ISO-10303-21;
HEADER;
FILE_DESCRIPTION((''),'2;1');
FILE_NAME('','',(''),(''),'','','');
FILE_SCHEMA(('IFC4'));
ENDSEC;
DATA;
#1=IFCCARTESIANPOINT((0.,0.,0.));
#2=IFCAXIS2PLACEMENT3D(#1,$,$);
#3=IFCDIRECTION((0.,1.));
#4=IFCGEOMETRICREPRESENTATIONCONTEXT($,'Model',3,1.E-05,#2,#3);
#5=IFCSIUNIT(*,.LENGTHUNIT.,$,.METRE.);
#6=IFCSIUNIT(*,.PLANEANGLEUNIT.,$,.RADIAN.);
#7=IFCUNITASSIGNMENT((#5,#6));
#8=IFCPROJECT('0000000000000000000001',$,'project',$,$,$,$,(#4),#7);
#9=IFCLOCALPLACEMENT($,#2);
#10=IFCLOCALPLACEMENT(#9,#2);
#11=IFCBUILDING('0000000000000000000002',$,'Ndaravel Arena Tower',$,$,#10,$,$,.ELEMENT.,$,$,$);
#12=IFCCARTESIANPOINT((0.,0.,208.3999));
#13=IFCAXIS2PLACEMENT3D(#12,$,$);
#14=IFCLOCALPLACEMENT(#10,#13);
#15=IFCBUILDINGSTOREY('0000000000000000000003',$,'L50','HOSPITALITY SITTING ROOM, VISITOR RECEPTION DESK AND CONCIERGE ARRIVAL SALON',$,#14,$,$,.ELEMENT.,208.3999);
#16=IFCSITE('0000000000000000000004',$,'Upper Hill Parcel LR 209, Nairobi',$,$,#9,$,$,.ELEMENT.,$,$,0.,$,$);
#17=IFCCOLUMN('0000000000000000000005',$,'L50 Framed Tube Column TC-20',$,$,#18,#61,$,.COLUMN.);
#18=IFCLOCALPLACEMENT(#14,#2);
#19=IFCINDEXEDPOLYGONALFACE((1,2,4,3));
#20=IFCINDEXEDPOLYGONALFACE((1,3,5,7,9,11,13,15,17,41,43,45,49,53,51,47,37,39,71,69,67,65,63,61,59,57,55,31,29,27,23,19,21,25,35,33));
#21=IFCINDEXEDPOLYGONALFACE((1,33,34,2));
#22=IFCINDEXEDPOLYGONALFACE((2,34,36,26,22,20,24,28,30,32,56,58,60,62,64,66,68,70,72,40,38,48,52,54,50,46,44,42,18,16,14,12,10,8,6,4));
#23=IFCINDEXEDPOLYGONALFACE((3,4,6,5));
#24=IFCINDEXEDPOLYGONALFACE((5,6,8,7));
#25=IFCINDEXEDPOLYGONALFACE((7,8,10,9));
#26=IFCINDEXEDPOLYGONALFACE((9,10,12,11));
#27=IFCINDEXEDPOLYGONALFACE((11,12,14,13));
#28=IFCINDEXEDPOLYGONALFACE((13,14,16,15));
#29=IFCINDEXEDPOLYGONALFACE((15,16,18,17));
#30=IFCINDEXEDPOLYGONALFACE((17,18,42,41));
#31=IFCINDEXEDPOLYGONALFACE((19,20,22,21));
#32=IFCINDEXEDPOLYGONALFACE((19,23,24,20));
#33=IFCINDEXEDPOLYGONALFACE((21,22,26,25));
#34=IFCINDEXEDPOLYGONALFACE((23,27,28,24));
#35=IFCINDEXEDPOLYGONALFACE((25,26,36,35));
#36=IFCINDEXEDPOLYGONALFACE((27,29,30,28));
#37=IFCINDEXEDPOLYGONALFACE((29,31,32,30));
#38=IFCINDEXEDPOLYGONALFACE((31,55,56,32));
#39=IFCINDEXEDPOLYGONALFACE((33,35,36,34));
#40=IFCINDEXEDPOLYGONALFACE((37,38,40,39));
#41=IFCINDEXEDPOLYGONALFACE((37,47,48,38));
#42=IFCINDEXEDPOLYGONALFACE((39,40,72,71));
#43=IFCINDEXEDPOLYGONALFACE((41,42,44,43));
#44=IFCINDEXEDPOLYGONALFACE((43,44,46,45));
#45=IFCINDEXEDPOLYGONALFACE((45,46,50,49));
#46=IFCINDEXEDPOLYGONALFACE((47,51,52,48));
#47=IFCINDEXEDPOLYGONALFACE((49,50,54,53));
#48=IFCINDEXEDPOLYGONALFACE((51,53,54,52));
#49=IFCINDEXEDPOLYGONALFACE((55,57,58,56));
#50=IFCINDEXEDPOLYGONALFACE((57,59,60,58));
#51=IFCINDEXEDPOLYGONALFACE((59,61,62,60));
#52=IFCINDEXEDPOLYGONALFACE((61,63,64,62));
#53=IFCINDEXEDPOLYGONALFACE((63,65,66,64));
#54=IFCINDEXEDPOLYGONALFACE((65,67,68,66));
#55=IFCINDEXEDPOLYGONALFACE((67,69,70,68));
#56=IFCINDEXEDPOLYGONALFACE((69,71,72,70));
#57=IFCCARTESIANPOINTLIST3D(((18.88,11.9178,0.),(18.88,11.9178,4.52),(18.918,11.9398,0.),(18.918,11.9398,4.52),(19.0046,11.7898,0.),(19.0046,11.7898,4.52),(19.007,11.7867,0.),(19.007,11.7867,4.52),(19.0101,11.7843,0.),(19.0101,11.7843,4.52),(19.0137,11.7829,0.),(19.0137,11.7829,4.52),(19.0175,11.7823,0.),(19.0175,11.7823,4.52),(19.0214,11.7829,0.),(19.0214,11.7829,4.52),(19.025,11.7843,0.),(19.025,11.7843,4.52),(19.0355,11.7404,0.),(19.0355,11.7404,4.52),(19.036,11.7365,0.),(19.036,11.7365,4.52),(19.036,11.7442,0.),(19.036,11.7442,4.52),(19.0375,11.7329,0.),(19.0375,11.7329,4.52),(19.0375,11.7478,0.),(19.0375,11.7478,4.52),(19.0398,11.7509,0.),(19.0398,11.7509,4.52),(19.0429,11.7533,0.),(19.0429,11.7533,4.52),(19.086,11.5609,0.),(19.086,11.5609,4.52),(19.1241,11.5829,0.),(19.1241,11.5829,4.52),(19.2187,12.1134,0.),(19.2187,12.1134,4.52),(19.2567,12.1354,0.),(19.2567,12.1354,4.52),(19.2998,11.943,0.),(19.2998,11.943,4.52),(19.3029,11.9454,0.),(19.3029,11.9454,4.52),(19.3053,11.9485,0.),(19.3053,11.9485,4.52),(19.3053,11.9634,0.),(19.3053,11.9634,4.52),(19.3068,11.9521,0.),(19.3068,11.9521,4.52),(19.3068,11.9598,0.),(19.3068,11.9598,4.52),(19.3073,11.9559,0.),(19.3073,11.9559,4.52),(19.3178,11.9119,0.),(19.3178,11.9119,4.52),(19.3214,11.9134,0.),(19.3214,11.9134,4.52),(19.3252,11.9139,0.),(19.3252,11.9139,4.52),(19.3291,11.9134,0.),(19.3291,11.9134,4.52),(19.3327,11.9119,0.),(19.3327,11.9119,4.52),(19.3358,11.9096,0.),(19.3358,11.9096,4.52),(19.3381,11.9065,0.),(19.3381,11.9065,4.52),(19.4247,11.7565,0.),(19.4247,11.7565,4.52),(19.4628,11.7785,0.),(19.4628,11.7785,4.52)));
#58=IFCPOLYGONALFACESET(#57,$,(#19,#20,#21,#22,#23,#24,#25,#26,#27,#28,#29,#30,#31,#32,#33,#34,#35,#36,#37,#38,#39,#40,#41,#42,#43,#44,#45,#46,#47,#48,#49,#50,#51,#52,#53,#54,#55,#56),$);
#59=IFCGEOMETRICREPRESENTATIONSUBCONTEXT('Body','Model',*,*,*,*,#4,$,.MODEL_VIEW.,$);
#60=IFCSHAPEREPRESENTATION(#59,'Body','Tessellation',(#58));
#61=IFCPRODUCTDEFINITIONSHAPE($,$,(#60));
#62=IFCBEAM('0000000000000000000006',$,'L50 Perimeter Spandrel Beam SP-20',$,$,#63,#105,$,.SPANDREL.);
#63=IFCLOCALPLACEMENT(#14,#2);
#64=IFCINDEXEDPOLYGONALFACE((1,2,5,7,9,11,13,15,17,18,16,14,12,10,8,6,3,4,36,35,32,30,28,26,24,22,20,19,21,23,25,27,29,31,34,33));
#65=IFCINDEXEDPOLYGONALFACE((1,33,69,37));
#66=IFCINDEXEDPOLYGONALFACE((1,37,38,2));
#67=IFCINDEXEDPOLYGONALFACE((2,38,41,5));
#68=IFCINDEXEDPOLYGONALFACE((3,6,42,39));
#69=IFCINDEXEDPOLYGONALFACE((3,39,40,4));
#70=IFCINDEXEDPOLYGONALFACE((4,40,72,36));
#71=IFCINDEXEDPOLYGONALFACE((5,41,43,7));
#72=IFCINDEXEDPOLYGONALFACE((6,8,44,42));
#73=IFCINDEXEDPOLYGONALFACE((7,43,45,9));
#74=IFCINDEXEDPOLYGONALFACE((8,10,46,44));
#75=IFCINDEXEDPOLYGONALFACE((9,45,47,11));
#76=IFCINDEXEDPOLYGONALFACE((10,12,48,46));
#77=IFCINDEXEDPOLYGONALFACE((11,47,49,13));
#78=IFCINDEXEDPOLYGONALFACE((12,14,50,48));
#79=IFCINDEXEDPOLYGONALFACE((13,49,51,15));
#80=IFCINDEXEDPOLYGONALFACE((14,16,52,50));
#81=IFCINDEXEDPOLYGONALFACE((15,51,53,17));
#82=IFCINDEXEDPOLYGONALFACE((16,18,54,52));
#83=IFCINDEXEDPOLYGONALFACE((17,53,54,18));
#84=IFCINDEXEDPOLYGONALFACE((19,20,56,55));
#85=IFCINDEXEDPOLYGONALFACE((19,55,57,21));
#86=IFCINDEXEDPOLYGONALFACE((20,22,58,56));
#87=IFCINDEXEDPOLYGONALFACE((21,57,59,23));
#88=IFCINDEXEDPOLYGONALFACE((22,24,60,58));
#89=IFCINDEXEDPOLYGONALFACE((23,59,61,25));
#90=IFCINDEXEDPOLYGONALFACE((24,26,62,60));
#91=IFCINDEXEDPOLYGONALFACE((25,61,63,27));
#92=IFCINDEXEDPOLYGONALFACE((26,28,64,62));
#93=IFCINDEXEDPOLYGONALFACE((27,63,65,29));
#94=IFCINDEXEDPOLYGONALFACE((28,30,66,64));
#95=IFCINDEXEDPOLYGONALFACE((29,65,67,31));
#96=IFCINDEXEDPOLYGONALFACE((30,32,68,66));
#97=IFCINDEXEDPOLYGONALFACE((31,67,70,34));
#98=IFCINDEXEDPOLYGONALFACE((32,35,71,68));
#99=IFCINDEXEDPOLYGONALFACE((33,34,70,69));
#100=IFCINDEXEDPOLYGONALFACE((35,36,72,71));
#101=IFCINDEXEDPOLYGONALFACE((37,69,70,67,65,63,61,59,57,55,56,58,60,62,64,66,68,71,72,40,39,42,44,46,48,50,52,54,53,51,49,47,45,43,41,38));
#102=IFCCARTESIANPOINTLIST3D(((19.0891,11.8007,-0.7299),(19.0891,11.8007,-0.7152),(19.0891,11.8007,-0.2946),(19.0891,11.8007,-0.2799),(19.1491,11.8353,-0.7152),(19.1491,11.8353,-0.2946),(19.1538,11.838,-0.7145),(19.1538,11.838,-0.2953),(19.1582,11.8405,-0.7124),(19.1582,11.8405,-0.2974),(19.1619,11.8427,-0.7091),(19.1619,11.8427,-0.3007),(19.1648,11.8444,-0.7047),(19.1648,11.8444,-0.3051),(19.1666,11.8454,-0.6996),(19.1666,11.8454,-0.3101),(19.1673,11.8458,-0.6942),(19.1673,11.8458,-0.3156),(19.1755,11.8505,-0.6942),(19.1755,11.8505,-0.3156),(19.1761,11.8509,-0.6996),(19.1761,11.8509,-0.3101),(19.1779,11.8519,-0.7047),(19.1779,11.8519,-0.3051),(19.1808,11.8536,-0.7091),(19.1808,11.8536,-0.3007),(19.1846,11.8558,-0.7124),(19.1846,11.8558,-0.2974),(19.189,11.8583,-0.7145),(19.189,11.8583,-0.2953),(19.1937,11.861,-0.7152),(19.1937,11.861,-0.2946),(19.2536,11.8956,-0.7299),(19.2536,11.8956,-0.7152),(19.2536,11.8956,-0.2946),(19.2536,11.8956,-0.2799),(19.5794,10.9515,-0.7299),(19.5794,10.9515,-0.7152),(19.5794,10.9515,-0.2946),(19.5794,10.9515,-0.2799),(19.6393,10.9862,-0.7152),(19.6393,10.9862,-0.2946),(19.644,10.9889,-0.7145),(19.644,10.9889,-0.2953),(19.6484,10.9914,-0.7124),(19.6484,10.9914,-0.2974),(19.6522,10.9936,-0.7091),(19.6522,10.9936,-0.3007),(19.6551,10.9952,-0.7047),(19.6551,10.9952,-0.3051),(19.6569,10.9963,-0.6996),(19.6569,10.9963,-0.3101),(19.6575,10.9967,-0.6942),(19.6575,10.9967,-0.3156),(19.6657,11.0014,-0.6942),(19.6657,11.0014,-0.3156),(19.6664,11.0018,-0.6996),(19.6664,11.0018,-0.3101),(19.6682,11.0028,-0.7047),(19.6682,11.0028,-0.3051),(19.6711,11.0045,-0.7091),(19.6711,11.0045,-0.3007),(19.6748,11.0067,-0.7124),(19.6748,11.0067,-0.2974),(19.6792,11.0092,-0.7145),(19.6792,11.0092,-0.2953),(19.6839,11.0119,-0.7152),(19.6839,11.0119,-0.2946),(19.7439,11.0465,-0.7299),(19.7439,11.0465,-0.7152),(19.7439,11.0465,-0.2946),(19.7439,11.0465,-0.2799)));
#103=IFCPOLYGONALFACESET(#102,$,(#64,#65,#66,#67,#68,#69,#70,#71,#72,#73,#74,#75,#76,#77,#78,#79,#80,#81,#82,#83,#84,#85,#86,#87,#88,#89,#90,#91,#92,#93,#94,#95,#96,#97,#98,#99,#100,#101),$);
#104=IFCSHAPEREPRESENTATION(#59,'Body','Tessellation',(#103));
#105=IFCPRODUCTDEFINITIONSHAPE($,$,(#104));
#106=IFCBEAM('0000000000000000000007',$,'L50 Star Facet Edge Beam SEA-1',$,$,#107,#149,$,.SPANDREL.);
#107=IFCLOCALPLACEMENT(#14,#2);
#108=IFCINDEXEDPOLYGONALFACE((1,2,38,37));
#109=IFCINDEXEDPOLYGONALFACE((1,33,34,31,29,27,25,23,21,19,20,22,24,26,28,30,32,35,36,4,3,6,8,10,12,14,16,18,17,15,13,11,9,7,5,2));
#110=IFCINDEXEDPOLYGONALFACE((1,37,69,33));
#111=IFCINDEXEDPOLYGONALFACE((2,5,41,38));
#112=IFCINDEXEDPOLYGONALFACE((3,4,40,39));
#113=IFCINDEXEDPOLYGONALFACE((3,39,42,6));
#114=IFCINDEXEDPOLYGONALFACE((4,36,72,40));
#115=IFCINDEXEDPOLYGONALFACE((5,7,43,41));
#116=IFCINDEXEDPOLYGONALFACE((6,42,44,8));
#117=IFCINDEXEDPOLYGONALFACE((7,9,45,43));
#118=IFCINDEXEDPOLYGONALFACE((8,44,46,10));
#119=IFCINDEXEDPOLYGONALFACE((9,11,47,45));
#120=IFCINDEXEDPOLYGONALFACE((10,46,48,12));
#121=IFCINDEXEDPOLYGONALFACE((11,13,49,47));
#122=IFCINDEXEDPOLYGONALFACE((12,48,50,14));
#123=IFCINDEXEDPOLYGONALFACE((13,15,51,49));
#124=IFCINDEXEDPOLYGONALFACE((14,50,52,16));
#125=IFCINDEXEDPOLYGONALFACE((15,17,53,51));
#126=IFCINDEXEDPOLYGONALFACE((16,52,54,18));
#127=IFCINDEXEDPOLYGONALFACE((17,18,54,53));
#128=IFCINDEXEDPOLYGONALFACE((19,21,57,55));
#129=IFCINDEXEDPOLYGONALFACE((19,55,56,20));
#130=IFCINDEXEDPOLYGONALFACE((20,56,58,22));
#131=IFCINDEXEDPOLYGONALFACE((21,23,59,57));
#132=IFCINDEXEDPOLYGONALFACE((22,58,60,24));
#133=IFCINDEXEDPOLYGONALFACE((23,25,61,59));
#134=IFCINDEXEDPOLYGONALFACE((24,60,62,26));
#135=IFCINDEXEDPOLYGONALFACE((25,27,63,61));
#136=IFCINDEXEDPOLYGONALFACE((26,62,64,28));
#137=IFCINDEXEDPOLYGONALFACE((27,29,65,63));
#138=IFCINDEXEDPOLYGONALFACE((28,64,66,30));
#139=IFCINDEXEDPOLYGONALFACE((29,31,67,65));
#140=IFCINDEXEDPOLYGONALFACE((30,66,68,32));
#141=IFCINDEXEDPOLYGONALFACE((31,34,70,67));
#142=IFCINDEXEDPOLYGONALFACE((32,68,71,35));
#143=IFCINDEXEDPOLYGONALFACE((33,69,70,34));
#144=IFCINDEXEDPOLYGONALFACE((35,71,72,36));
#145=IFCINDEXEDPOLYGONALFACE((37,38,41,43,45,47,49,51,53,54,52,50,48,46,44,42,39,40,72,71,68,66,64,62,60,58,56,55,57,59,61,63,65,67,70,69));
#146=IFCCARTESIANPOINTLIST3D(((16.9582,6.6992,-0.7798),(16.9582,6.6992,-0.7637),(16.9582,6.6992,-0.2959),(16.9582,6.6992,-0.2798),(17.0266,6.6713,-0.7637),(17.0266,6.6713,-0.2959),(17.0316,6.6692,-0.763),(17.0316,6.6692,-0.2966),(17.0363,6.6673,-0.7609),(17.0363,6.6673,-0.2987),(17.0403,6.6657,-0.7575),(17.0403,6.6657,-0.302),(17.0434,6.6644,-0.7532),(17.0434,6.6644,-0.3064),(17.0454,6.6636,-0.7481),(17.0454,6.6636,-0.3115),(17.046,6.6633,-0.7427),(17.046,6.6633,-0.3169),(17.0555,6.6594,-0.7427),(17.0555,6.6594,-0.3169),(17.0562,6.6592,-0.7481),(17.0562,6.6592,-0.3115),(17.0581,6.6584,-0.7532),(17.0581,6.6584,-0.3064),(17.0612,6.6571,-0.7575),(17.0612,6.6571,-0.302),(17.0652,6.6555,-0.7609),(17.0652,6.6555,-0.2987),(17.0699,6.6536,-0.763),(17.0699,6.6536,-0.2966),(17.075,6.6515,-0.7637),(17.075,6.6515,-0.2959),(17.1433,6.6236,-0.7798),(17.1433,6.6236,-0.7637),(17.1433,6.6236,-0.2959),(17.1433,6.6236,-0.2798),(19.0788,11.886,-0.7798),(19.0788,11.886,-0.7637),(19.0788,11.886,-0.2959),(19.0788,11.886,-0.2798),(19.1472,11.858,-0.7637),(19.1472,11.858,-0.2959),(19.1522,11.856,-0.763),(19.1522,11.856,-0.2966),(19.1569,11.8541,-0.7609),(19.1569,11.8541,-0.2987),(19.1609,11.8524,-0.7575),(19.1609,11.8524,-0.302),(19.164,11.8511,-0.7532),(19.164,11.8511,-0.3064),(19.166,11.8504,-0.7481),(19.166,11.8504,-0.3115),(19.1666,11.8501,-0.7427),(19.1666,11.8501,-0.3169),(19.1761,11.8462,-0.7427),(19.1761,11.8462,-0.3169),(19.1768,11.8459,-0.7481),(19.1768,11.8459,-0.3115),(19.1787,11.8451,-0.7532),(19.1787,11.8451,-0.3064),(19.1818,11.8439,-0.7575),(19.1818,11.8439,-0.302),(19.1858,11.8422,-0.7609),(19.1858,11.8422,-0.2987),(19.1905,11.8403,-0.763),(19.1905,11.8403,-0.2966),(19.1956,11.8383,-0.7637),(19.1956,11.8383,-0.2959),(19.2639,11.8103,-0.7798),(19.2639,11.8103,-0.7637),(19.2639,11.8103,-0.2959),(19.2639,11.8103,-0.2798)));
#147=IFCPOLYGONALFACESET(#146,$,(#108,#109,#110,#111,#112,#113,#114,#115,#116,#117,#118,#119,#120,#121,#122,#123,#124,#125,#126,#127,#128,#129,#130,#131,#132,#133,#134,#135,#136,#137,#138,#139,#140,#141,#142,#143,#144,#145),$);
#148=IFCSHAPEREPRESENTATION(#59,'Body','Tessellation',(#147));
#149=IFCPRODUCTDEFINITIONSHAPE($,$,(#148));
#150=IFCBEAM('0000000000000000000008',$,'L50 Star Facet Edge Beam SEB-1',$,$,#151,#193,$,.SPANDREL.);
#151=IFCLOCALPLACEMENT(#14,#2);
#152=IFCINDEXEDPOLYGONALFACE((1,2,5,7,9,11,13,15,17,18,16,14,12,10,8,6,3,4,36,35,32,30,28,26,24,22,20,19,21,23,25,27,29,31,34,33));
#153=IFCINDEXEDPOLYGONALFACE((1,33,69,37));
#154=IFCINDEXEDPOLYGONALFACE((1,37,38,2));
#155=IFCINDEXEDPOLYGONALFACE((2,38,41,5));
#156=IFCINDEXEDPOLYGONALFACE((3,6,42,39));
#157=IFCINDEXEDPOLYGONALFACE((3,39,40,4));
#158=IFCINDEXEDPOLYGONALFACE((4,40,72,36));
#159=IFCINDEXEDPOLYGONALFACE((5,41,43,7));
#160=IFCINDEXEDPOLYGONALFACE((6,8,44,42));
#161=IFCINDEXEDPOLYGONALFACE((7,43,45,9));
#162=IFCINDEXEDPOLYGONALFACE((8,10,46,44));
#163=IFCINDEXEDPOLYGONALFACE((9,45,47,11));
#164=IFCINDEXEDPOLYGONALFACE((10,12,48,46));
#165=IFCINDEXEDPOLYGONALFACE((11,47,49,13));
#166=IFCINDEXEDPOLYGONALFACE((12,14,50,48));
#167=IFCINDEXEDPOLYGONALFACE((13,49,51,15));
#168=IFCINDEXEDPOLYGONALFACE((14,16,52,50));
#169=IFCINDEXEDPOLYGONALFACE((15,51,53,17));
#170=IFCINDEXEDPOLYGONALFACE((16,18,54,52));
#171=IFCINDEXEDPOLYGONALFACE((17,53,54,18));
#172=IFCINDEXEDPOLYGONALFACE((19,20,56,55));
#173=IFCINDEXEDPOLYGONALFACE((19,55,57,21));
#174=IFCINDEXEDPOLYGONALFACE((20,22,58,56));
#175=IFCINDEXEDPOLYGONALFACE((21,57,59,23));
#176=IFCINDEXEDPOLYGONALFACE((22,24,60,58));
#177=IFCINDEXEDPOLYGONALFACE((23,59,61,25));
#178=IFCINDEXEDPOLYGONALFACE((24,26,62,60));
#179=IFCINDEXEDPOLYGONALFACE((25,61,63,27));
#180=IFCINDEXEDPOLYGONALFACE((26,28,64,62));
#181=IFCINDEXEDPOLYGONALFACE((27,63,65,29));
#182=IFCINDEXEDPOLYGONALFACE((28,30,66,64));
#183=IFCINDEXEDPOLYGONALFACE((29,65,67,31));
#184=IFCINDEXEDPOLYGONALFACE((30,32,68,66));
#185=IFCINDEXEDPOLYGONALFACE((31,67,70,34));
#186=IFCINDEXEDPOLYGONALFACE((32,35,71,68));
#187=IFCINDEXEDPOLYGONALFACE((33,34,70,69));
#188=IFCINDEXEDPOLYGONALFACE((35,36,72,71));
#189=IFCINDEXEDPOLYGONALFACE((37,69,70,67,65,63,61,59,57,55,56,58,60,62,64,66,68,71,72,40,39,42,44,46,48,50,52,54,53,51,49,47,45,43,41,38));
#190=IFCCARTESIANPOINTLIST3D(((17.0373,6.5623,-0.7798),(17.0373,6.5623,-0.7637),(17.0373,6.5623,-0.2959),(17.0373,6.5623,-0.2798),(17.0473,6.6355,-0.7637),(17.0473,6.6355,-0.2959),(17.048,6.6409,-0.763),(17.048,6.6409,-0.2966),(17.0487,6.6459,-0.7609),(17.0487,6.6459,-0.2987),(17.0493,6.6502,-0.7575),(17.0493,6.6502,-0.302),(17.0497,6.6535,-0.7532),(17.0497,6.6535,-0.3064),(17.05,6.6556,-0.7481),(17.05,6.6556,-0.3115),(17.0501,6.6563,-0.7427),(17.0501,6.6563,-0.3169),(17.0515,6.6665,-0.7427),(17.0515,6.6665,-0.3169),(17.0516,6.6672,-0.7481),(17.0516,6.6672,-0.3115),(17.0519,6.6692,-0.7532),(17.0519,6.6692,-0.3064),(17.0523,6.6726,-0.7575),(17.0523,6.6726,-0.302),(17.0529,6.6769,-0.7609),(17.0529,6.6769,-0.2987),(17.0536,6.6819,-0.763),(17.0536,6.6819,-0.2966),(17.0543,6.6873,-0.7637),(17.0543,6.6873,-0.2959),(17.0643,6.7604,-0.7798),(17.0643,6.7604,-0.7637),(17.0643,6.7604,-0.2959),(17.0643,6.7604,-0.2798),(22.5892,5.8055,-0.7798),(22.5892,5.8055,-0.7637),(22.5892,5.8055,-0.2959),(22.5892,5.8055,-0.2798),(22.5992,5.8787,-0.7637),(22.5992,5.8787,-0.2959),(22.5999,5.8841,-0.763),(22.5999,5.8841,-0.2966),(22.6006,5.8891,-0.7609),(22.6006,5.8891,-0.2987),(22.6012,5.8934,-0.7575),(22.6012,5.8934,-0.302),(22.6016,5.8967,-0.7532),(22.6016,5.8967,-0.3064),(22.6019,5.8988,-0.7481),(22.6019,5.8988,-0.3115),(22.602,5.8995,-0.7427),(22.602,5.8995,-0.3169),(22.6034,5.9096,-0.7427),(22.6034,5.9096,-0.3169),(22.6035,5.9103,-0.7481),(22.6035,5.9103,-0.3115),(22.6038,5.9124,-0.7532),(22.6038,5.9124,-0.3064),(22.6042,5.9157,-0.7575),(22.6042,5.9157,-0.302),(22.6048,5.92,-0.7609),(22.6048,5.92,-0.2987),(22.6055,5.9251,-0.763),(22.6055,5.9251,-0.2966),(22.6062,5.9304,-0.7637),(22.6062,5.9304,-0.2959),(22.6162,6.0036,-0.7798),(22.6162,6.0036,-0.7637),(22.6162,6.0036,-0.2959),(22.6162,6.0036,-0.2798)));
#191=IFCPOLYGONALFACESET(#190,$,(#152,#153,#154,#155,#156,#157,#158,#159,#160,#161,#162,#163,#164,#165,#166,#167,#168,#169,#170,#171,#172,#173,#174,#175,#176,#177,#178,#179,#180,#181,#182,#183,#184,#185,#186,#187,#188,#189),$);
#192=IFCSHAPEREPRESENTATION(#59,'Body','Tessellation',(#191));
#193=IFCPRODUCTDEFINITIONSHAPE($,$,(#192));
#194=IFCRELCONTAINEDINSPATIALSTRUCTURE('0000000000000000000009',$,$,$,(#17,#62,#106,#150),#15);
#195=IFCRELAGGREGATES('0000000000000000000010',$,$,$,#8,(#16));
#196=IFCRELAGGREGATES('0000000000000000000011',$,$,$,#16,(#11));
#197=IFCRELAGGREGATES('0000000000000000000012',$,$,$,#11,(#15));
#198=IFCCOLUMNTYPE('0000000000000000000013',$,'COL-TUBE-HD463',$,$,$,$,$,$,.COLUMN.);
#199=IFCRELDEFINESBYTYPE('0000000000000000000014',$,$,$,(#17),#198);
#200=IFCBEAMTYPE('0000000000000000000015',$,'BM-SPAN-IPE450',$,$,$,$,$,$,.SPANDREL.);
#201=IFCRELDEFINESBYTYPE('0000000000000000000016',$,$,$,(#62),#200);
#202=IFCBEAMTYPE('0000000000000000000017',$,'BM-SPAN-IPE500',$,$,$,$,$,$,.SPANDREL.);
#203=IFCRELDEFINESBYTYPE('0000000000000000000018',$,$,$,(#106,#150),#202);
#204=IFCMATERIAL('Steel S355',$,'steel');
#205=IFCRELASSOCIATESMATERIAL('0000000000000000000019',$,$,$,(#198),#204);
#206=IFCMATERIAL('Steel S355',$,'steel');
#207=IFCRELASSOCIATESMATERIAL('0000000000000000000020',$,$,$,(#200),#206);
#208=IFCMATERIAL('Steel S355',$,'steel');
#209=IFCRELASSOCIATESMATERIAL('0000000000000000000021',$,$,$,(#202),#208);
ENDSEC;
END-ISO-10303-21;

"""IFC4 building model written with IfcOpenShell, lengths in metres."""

from ifc_helpers import new_model, si_unit, direction, frame, origin, origin_2d, place, context, subcontext, project, spatial, i_section, extrude, material, material_profile, profile_set, type_object, element, save


model = new_model("IFC4")

# Units and contexts
model_context = context("Model", 3, precision=1e-05, world=origin(), true_north=direction((0.0, 1.0)))
body_context = subcontext(model_context, "Body", "Model", "MODEL_VIEW")
ifc_project = project(units=[si_unit("LENGTHUNIT", "METRE"), si_unit("PLANEANGLEUNIT", "RADIAN")], contexts=[model_context])

# Site, building, storey
site_placement = place(None, origin())
site = spatial("IfcSite", under=ifc_project, at=site_placement, Name="Upper Hill Parcel LR 209, Nairobi", CompositionType="ELEMENT", RefElevation=0.0)
building_placement = place(site_placement, origin())
building = spatial("IfcBuilding", under=site, at=building_placement, Name="Ndaravel Arena Tower", CompositionType="ELEMENT")
storey_placement = place(building_placement, frame((0.0, 0.0, 208.3999)))
storey = spatial("IfcBuildingStorey", under=building, at=storey_placement, Name="L50", Description="HOSPITALITY SITTING ROOM, VISITOR RECEPTION DESK AND CONCIERGE ARRIVAL SALON", CompositionType="ELEMENT", Elevation=208.3999)

# Column
ifc_material_1 = material(Name="Steel S355", Category="steel")
ifc_material_profile_1 = material_profile(ifc_material_1, i_section(OverallWidth=0.4121, OverallDepth=0.4351, WebThickness=0.0359, FlangeThickness=0.0439, FilletRadius=0.0149, at=origin_2d()), Name="HD 400x463")
ifc_profile_set_1 = profile_set([ifc_material_profile_1], Name="Steel S355")
column_type = type_object("IfcColumnType", Name="COL-TUBE-HD463", PredefinedType="COLUMN", material=ifc_profile_set_1)
column_placement = place(storey_placement, frame((19.1714, 11.8481, 0.0), z_axis=(0.0, 0.0, 1.0), x_axis=(-0.5, 0.866025, 0.0)))
element("IfcColumn", 1, at=column_placement, inside=storey, type_object=column_type, Name="L50 Framed Tube Column TC-20", PredefinedType="COLUMN", context=body_context, shape_type="SweptSolid", body=[
    extrude(i_section(OverallWidth=0.4121, OverallDepth=0.4351, WebThickness=0.0359, FlangeThickness=0.0439, FilletRadius=0.0149, at=origin_2d()), origin(), (0.0, 0.0, 1.0), 4.52),
])

# Beams
ifc_material_2 = material(Name="Steel S355", Category="steel")
ifc_material_profile_2 = material_profile(ifc_material_2, i_section(OverallWidth=0.1899, OverallDepth=0.45, WebThickness=0.0095, FlangeThickness=0.0146, FilletRadius=0.021, at=origin_2d()), Name="IPE 450")
ifc_profile_set_2 = profile_set([ifc_material_profile_2], Name="Steel S355")
beam_type_1 = type_object("IfcBeamType", Name="BM-SPAN-IPE450", PredefinedType="SPANDREL", material=ifc_profile_set_2)
beam_1_placement = place(storey_placement, frame((19.1714, 11.8481, -0.5049), z_axis=(0.499995, -0.866028, 0.0), x_axis=(0.866028, 0.499995, 0.0)))
element("IfcBeam", 2, at=beam_1_placement, inside=storey, type_object=beam_type_1, Name="L50 Perimeter Spandrel Beam SP-20", PredefinedType="SPANDREL", context=body_context, shape_type="SweptSolid", body=[
    extrude(i_section(OverallWidth=0.1899, OverallDepth=0.45, WebThickness=0.0095, FlangeThickness=0.0146, FilletRadius=0.021, at=origin_2d()), origin(), (0.0, 0.0, 1.0), 0.9805),
])
ifc_material_3 = material(Name="Steel S355", Category="steel")
ifc_material_profile_3 = material_profile(ifc_material_3, i_section(OverallWidth=0.2, OverallDepth=0.5, WebThickness=0.0103, FlangeThickness=0.0161, FilletRadius=0.021, at=origin_2d()), Name="IPE 500")
ifc_profile_set_3 = profile_set([ifc_material_profile_3], Name="Steel S355")
beam_type_2 = type_object("IfcBeamType", Name="BM-SPAN-IPE500", PredefinedType="SPANDREL", material=ifc_profile_set_3)
beam_2_placement = place(storey_placement, frame((19.1714, 11.8481, -0.5298), z_axis=(-0.378441, -0.925625, 0.0), x_axis=(0.925625, -0.378441, 0.0)))
element("IfcBeam", 3, at=beam_2_placement, inside=storey, type_object=beam_type_2, Name="L50 Star Facet Edge Beam SEA-1", PredefinedType="SPANDREL", context=body_context, shape_type="SweptSolid", body=[
    extrude(i_section(OverallWidth=0.2, OverallDepth=0.5, WebThickness=0.0103, FlangeThickness=0.0161, FilletRadius=0.021, at=origin_2d()), origin(), (0.0, 0.0, 1.0), 5.6035),
])
beam_3_placement = place(storey_placement, frame((17.0508, 6.6614, -0.5298), z_axis=(0.990836, -0.135068, 0.0), x_axis=(0.135068, 0.990836, 0.0)))
element("IfcBeam", 4, at=beam_3_placement, inside=storey, type_object=beam_type_2, Name="L50 Star Facet Edge Beam SEB-1", PredefinedType="SPANDREL", context=body_context, shape_type="SweptSolid", body=[
    extrude(i_section(OverallWidth=0.2, OverallDepth=0.5, WebThickness=0.0103, FlangeThickness=0.0161, FilletRadius=0.021, at=origin_2d()), origin(), (0.0, 0.0, 1.0), 5.6033),
])

save(model, "model.ifc")
